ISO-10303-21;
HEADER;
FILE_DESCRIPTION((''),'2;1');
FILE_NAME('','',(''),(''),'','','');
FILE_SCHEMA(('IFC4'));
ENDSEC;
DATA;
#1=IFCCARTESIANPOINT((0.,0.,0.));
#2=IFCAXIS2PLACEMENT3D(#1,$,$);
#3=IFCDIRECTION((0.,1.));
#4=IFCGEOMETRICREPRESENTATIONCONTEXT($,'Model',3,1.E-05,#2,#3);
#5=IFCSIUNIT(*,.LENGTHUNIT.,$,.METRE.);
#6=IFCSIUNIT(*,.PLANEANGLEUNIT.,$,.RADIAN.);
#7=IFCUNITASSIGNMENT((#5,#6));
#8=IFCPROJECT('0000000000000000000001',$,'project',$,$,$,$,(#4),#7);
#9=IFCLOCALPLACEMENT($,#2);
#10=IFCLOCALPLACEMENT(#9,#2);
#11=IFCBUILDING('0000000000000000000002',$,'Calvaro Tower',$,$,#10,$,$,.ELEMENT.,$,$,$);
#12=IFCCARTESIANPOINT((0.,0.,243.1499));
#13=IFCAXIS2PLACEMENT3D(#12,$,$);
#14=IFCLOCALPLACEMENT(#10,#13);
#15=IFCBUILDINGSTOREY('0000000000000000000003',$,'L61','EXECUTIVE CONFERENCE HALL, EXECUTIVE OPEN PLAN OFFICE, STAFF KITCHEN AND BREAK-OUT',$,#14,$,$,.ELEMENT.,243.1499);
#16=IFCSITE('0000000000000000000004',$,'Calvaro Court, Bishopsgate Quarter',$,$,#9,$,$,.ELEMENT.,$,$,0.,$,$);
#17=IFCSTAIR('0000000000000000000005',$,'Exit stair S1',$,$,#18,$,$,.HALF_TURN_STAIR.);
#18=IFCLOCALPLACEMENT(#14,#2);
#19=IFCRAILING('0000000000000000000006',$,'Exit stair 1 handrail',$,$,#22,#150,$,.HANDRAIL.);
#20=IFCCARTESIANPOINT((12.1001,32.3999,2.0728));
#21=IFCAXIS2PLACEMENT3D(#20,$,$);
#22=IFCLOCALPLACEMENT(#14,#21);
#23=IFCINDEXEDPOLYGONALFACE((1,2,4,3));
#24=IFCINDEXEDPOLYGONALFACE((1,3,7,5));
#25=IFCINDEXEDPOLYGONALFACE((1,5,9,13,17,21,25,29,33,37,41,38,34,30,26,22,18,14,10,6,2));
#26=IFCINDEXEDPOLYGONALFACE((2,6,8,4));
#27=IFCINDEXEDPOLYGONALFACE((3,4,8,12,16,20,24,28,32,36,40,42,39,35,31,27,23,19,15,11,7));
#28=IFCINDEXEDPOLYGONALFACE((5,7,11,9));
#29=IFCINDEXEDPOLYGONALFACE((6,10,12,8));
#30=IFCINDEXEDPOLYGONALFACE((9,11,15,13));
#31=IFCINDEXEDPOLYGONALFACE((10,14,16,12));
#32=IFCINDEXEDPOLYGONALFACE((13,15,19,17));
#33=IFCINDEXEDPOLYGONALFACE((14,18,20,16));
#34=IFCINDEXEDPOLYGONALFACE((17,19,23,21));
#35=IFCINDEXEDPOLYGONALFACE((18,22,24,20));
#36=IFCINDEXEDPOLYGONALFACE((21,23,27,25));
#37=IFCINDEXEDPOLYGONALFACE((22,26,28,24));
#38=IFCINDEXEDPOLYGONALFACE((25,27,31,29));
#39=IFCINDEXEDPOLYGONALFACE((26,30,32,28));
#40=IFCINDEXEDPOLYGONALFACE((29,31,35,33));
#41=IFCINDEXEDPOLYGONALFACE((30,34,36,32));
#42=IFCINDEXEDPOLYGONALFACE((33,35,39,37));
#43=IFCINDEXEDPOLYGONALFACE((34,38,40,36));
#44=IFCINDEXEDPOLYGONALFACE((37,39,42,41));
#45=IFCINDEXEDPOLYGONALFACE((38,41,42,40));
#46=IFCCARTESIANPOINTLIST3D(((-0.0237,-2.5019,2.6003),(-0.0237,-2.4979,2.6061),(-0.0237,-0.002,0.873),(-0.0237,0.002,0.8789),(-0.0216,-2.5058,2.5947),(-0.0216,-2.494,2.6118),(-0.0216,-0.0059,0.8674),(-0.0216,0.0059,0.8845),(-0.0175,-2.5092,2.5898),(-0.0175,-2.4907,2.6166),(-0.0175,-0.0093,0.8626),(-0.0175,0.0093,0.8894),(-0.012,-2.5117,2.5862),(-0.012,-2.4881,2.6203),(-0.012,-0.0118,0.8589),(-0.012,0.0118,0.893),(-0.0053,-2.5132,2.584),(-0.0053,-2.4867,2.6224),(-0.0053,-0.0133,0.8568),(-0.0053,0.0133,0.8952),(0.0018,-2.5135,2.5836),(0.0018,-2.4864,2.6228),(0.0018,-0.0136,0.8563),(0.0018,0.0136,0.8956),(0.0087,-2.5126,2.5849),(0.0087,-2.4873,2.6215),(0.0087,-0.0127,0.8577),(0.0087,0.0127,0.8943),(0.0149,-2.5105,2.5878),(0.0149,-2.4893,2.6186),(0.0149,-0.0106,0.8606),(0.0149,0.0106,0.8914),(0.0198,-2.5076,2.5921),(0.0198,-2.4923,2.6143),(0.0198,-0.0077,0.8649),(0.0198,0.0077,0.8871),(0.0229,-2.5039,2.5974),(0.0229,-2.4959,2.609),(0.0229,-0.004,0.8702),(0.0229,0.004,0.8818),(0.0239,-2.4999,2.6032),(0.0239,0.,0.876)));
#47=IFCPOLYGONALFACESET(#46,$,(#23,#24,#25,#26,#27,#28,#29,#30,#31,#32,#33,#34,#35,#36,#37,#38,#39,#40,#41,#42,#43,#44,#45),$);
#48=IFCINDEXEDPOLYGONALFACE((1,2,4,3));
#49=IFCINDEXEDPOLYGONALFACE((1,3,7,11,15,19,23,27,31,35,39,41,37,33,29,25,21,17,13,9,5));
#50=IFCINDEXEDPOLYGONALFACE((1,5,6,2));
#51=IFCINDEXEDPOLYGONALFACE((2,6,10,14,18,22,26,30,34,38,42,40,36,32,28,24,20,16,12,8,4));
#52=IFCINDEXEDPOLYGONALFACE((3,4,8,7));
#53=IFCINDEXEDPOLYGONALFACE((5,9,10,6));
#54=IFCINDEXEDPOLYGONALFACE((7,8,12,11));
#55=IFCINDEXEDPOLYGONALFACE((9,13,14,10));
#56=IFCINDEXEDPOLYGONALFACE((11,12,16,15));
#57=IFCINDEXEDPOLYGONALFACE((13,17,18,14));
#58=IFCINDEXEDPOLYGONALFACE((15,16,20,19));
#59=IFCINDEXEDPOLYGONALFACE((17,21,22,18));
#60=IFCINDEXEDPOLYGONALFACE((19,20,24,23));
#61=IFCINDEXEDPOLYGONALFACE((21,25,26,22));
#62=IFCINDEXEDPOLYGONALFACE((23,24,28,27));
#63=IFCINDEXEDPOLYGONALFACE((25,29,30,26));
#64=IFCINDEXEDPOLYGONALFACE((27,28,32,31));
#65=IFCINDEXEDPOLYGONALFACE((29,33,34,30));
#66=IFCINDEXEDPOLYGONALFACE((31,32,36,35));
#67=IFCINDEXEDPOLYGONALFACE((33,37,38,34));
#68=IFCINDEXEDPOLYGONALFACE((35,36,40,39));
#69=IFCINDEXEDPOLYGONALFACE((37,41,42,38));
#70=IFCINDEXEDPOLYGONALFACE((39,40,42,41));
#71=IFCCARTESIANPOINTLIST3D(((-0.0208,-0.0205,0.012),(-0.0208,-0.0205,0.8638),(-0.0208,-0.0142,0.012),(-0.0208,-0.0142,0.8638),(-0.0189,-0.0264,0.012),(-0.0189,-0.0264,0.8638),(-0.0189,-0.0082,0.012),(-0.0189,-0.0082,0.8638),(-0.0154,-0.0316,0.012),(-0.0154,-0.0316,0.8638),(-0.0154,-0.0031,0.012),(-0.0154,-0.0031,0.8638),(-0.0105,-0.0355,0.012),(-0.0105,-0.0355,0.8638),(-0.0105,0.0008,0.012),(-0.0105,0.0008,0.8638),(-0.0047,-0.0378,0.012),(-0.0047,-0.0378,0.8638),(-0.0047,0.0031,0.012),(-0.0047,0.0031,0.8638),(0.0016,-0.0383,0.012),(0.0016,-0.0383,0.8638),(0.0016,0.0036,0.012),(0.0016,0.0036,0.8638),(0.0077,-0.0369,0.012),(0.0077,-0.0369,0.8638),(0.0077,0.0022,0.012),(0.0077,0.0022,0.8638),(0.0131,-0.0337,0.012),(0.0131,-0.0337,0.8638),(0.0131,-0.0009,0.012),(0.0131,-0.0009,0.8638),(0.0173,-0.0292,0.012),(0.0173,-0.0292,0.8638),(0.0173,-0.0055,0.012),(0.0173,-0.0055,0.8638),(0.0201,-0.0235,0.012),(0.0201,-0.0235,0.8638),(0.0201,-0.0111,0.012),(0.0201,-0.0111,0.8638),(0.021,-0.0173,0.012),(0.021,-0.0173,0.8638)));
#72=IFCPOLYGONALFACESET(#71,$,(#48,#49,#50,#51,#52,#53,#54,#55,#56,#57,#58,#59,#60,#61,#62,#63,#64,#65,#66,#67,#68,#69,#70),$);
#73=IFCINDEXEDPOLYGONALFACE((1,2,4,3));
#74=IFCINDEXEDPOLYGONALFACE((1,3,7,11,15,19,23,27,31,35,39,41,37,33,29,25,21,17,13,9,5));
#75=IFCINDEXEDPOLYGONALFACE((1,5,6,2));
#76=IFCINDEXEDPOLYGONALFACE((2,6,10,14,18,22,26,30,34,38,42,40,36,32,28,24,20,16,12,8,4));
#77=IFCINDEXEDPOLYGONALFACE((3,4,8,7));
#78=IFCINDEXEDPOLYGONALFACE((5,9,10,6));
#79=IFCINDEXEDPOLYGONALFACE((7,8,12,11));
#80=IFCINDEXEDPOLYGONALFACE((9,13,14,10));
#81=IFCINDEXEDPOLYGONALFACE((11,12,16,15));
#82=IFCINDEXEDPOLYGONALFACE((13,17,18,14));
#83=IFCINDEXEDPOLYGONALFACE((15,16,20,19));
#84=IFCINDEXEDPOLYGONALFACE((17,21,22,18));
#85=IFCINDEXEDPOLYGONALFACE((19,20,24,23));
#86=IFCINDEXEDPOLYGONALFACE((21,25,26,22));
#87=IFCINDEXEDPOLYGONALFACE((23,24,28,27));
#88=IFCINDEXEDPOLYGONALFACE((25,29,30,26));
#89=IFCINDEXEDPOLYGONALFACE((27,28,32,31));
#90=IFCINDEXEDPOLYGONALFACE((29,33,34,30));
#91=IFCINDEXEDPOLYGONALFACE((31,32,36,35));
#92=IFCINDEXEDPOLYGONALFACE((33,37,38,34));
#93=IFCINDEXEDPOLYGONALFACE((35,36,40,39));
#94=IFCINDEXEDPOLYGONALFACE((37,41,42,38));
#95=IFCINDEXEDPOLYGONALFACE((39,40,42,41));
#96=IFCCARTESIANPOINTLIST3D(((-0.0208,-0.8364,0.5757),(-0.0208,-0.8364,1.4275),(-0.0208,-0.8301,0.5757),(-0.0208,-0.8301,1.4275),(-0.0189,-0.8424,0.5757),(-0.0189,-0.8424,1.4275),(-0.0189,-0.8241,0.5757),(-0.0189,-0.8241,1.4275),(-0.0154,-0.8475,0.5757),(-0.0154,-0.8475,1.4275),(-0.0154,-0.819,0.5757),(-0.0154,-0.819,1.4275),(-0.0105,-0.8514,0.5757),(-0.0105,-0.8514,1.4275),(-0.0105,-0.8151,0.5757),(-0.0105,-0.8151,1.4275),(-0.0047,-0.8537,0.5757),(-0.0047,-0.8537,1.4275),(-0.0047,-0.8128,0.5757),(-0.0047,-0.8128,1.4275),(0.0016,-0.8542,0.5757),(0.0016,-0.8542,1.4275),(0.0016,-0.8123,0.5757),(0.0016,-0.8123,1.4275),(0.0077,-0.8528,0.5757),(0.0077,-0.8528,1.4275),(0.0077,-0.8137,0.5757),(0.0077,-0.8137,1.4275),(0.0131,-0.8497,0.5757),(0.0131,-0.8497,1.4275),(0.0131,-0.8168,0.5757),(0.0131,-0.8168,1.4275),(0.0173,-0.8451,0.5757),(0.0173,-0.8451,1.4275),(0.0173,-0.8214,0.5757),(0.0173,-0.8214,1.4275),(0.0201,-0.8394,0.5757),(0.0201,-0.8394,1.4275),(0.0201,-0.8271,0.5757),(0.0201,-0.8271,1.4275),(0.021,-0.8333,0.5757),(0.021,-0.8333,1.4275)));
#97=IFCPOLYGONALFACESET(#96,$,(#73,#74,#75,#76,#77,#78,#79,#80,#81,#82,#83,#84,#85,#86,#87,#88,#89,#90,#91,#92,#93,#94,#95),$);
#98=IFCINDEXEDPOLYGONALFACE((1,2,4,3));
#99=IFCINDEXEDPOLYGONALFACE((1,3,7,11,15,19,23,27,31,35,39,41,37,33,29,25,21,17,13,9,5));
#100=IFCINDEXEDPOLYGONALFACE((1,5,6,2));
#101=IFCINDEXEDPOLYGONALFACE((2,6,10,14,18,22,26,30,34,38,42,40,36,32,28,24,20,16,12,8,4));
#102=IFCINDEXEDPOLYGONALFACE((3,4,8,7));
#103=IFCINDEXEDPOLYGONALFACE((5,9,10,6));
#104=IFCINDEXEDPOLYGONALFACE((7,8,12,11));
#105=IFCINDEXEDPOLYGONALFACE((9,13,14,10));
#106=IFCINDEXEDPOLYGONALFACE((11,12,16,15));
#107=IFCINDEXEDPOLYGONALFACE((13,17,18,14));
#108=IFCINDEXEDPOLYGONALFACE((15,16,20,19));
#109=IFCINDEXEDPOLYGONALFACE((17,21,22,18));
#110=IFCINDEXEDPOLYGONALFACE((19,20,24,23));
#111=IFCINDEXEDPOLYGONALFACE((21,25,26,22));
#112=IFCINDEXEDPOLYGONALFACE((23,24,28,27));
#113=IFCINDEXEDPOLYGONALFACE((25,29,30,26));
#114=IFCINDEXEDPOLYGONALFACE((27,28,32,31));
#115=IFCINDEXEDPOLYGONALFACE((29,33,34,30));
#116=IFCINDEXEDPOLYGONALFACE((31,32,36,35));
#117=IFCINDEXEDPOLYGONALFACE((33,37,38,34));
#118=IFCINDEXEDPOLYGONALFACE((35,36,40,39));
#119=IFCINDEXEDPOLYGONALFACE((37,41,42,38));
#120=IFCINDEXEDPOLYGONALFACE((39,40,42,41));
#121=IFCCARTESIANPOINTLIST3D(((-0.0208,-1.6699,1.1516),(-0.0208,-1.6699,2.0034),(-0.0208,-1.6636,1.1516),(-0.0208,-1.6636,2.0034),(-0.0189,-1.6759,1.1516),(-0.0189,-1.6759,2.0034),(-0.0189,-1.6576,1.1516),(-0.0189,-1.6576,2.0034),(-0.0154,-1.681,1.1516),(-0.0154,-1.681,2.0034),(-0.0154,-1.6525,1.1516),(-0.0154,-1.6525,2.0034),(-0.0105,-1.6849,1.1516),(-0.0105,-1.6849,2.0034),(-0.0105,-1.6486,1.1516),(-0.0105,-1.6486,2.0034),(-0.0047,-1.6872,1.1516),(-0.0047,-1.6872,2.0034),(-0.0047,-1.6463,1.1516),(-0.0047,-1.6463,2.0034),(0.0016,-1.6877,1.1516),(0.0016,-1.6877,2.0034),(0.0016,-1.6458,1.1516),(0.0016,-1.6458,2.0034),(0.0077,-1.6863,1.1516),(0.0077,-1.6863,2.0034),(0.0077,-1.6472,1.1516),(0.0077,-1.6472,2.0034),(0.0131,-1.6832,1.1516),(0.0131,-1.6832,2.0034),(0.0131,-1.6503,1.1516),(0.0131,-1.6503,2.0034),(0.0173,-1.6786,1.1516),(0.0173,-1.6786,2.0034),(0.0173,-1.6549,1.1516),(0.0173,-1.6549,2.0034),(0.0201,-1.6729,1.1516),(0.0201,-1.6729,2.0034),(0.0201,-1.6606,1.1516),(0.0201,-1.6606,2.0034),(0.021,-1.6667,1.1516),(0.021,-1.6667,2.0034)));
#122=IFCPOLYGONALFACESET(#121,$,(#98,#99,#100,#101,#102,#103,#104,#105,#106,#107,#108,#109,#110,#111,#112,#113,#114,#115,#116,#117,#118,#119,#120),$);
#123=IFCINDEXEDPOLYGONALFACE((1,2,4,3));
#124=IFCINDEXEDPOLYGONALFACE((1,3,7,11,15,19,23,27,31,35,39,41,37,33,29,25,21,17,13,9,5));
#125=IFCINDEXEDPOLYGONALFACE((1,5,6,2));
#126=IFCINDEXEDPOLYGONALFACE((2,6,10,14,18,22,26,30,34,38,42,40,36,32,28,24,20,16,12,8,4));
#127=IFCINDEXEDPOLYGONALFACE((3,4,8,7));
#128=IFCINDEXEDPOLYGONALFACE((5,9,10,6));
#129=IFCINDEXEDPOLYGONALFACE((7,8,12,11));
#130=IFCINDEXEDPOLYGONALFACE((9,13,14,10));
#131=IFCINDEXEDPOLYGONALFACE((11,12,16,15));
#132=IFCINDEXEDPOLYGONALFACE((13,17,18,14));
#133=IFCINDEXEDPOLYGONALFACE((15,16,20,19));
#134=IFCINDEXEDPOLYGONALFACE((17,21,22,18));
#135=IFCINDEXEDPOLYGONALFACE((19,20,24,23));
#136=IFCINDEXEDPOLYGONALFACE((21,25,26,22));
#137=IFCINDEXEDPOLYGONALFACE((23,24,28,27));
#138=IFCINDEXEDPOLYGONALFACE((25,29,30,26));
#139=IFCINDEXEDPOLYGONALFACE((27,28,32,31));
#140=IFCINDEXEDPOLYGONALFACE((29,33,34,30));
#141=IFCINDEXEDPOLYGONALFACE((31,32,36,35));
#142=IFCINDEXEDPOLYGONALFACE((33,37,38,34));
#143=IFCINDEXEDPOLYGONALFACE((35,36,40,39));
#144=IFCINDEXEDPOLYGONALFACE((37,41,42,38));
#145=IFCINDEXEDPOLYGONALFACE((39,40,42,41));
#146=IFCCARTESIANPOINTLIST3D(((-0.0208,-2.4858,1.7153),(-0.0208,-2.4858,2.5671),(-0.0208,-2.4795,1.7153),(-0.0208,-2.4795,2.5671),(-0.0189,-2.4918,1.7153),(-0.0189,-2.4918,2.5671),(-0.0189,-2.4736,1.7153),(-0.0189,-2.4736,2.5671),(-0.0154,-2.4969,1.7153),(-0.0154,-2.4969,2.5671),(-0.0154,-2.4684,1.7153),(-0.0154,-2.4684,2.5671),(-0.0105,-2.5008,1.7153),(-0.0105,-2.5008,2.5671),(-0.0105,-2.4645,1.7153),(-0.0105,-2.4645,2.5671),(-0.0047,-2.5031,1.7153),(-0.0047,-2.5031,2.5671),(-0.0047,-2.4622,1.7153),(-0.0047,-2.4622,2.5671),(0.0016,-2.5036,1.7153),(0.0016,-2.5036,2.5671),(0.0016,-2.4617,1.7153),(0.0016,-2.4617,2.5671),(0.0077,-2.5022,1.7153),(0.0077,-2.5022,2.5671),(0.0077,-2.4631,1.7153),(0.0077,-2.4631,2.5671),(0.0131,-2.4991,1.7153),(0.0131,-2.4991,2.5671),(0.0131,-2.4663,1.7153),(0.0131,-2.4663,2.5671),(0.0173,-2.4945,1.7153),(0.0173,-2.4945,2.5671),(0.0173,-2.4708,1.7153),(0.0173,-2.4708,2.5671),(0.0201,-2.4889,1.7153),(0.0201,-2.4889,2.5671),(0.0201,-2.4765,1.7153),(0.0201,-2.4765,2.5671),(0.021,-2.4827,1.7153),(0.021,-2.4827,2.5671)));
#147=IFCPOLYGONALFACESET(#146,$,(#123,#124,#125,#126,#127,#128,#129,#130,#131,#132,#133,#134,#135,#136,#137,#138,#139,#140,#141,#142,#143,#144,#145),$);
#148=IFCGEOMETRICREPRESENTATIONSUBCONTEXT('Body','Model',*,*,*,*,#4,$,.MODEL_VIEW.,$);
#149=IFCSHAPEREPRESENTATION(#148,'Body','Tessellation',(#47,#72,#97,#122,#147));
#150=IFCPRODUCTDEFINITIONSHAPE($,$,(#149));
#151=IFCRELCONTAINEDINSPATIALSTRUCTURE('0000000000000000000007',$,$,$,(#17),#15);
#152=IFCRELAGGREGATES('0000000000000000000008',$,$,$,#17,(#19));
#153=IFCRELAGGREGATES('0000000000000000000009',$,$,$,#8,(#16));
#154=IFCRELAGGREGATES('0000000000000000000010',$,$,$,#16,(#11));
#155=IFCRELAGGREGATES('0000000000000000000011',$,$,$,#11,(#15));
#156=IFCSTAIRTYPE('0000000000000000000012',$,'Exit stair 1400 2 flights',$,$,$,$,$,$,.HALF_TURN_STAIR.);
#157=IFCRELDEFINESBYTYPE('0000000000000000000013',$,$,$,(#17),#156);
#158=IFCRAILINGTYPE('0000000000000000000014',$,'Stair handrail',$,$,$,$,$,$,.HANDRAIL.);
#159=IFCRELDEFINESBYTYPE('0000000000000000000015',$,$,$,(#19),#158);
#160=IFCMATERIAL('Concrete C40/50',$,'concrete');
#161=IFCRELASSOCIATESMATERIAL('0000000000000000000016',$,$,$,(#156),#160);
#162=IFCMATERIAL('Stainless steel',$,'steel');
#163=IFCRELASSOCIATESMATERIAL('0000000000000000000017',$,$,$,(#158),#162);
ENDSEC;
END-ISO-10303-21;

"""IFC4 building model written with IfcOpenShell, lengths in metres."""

from ifc_helpers import new_model, si_unit, direction, frame, origin, origin_2d, place, context, subcontext, project, spatial, circle, extrude, material, type_object, element, aggregate, save


model = new_model("IFC4")

# Units and contexts
model_context = context("Model", 3, precision=1e-05, world=origin(), true_north=direction((0.0, 1.0)))
body_context = subcontext(model_context, "Body", "Model", "MODEL_VIEW")
ifc_project = project(units=[si_unit("LENGTHUNIT", "METRE"), si_unit("PLANEANGLEUNIT", "RADIAN")], contexts=[model_context])

# Site, building, storey
site_placement = place(None, origin())
site = spatial("IfcSite", under=ifc_project, at=site_placement, Name="Calvaro Court, Bishopsgate Quarter", CompositionType="ELEMENT", RefElevation=0.0)
building_placement = place(site_placement, origin())
building = spatial("IfcBuilding", under=site, at=building_placement, Name="Calvaro Tower", CompositionType="ELEMENT")
storey_placement = place(building_placement, frame((0.0, 0.0, 243.1499)))
storey = spatial("IfcBuildingStorey", under=building, at=storey_placement, Name="L61", Description="EXECUTIVE CONFERENCE HALL, EXECUTIVE OPEN PLAN OFFICE, STAFF KITCHEN AND BREAK-OUT", CompositionType="ELEMENT", Elevation=243.1499)

# Stair, railing
ifc_material_1 = material(Name="Concrete C40/50", Category="concrete")
stair_type = type_object("IfcStairType", Name="Exit stair 1400 2 flights", PredefinedType="HALF_TURN_STAIR", material=ifc_material_1)
stair_placement = place(storey_placement, origin())
stair = element("IfcStair", 1, at=stair_placement, inside=storey, type_object=stair_type, Name="Exit stair S1", PredefinedType="HALF_TURN_STAIR")
ifc_material_2 = material(Name="Stainless steel", Category="steel")
railing_type = type_object("IfcRailingType", Name="Stair handrail", PredefinedType="HANDRAIL", material=ifc_material_2)
railing_placement = place(storey_placement, frame((12.1001, 32.3999, 2.0728)))
railing = element("IfcRailing", 2, at=railing_placement, type_object=railing_type, Name="Exit stair 1 handrail", PredefinedType="HANDRAIL", context=body_context, shape_type="SweptSolid", body=[
    extrude(circle(Radius=0.0239, at=origin_2d()), frame((0.0, 0.0, 0.876), z_axis=(0.0, -0.822727, 0.568437), x_axis=(1.0, 0.0, 0.0)), (0.0, 0.0, 1.0), 3.0386),
    extrude(circle(Radius=0.021, at=origin_2d()), frame((0.0, -0.0173, 0.012)), (0.0, 0.0, 1.0), 0.8518),
    extrude(circle(Radius=0.021, at=origin_2d()), frame((0.0, -0.8333, 0.5757)), (0.0, 0.0, 1.0), 0.8518),
    extrude(circle(Radius=0.021, at=origin_2d()), frame((0.0, -1.6667, 1.1516)), (0.0, 0.0, 1.0), 0.8518),
    extrude(circle(Radius=0.021, at=origin_2d()), frame((0.0, -2.4827, 1.7153)), (0.0, 0.0, 1.0), 0.8518),
])
aggregate(stair, [railing])

save(model, "model.ifc")
